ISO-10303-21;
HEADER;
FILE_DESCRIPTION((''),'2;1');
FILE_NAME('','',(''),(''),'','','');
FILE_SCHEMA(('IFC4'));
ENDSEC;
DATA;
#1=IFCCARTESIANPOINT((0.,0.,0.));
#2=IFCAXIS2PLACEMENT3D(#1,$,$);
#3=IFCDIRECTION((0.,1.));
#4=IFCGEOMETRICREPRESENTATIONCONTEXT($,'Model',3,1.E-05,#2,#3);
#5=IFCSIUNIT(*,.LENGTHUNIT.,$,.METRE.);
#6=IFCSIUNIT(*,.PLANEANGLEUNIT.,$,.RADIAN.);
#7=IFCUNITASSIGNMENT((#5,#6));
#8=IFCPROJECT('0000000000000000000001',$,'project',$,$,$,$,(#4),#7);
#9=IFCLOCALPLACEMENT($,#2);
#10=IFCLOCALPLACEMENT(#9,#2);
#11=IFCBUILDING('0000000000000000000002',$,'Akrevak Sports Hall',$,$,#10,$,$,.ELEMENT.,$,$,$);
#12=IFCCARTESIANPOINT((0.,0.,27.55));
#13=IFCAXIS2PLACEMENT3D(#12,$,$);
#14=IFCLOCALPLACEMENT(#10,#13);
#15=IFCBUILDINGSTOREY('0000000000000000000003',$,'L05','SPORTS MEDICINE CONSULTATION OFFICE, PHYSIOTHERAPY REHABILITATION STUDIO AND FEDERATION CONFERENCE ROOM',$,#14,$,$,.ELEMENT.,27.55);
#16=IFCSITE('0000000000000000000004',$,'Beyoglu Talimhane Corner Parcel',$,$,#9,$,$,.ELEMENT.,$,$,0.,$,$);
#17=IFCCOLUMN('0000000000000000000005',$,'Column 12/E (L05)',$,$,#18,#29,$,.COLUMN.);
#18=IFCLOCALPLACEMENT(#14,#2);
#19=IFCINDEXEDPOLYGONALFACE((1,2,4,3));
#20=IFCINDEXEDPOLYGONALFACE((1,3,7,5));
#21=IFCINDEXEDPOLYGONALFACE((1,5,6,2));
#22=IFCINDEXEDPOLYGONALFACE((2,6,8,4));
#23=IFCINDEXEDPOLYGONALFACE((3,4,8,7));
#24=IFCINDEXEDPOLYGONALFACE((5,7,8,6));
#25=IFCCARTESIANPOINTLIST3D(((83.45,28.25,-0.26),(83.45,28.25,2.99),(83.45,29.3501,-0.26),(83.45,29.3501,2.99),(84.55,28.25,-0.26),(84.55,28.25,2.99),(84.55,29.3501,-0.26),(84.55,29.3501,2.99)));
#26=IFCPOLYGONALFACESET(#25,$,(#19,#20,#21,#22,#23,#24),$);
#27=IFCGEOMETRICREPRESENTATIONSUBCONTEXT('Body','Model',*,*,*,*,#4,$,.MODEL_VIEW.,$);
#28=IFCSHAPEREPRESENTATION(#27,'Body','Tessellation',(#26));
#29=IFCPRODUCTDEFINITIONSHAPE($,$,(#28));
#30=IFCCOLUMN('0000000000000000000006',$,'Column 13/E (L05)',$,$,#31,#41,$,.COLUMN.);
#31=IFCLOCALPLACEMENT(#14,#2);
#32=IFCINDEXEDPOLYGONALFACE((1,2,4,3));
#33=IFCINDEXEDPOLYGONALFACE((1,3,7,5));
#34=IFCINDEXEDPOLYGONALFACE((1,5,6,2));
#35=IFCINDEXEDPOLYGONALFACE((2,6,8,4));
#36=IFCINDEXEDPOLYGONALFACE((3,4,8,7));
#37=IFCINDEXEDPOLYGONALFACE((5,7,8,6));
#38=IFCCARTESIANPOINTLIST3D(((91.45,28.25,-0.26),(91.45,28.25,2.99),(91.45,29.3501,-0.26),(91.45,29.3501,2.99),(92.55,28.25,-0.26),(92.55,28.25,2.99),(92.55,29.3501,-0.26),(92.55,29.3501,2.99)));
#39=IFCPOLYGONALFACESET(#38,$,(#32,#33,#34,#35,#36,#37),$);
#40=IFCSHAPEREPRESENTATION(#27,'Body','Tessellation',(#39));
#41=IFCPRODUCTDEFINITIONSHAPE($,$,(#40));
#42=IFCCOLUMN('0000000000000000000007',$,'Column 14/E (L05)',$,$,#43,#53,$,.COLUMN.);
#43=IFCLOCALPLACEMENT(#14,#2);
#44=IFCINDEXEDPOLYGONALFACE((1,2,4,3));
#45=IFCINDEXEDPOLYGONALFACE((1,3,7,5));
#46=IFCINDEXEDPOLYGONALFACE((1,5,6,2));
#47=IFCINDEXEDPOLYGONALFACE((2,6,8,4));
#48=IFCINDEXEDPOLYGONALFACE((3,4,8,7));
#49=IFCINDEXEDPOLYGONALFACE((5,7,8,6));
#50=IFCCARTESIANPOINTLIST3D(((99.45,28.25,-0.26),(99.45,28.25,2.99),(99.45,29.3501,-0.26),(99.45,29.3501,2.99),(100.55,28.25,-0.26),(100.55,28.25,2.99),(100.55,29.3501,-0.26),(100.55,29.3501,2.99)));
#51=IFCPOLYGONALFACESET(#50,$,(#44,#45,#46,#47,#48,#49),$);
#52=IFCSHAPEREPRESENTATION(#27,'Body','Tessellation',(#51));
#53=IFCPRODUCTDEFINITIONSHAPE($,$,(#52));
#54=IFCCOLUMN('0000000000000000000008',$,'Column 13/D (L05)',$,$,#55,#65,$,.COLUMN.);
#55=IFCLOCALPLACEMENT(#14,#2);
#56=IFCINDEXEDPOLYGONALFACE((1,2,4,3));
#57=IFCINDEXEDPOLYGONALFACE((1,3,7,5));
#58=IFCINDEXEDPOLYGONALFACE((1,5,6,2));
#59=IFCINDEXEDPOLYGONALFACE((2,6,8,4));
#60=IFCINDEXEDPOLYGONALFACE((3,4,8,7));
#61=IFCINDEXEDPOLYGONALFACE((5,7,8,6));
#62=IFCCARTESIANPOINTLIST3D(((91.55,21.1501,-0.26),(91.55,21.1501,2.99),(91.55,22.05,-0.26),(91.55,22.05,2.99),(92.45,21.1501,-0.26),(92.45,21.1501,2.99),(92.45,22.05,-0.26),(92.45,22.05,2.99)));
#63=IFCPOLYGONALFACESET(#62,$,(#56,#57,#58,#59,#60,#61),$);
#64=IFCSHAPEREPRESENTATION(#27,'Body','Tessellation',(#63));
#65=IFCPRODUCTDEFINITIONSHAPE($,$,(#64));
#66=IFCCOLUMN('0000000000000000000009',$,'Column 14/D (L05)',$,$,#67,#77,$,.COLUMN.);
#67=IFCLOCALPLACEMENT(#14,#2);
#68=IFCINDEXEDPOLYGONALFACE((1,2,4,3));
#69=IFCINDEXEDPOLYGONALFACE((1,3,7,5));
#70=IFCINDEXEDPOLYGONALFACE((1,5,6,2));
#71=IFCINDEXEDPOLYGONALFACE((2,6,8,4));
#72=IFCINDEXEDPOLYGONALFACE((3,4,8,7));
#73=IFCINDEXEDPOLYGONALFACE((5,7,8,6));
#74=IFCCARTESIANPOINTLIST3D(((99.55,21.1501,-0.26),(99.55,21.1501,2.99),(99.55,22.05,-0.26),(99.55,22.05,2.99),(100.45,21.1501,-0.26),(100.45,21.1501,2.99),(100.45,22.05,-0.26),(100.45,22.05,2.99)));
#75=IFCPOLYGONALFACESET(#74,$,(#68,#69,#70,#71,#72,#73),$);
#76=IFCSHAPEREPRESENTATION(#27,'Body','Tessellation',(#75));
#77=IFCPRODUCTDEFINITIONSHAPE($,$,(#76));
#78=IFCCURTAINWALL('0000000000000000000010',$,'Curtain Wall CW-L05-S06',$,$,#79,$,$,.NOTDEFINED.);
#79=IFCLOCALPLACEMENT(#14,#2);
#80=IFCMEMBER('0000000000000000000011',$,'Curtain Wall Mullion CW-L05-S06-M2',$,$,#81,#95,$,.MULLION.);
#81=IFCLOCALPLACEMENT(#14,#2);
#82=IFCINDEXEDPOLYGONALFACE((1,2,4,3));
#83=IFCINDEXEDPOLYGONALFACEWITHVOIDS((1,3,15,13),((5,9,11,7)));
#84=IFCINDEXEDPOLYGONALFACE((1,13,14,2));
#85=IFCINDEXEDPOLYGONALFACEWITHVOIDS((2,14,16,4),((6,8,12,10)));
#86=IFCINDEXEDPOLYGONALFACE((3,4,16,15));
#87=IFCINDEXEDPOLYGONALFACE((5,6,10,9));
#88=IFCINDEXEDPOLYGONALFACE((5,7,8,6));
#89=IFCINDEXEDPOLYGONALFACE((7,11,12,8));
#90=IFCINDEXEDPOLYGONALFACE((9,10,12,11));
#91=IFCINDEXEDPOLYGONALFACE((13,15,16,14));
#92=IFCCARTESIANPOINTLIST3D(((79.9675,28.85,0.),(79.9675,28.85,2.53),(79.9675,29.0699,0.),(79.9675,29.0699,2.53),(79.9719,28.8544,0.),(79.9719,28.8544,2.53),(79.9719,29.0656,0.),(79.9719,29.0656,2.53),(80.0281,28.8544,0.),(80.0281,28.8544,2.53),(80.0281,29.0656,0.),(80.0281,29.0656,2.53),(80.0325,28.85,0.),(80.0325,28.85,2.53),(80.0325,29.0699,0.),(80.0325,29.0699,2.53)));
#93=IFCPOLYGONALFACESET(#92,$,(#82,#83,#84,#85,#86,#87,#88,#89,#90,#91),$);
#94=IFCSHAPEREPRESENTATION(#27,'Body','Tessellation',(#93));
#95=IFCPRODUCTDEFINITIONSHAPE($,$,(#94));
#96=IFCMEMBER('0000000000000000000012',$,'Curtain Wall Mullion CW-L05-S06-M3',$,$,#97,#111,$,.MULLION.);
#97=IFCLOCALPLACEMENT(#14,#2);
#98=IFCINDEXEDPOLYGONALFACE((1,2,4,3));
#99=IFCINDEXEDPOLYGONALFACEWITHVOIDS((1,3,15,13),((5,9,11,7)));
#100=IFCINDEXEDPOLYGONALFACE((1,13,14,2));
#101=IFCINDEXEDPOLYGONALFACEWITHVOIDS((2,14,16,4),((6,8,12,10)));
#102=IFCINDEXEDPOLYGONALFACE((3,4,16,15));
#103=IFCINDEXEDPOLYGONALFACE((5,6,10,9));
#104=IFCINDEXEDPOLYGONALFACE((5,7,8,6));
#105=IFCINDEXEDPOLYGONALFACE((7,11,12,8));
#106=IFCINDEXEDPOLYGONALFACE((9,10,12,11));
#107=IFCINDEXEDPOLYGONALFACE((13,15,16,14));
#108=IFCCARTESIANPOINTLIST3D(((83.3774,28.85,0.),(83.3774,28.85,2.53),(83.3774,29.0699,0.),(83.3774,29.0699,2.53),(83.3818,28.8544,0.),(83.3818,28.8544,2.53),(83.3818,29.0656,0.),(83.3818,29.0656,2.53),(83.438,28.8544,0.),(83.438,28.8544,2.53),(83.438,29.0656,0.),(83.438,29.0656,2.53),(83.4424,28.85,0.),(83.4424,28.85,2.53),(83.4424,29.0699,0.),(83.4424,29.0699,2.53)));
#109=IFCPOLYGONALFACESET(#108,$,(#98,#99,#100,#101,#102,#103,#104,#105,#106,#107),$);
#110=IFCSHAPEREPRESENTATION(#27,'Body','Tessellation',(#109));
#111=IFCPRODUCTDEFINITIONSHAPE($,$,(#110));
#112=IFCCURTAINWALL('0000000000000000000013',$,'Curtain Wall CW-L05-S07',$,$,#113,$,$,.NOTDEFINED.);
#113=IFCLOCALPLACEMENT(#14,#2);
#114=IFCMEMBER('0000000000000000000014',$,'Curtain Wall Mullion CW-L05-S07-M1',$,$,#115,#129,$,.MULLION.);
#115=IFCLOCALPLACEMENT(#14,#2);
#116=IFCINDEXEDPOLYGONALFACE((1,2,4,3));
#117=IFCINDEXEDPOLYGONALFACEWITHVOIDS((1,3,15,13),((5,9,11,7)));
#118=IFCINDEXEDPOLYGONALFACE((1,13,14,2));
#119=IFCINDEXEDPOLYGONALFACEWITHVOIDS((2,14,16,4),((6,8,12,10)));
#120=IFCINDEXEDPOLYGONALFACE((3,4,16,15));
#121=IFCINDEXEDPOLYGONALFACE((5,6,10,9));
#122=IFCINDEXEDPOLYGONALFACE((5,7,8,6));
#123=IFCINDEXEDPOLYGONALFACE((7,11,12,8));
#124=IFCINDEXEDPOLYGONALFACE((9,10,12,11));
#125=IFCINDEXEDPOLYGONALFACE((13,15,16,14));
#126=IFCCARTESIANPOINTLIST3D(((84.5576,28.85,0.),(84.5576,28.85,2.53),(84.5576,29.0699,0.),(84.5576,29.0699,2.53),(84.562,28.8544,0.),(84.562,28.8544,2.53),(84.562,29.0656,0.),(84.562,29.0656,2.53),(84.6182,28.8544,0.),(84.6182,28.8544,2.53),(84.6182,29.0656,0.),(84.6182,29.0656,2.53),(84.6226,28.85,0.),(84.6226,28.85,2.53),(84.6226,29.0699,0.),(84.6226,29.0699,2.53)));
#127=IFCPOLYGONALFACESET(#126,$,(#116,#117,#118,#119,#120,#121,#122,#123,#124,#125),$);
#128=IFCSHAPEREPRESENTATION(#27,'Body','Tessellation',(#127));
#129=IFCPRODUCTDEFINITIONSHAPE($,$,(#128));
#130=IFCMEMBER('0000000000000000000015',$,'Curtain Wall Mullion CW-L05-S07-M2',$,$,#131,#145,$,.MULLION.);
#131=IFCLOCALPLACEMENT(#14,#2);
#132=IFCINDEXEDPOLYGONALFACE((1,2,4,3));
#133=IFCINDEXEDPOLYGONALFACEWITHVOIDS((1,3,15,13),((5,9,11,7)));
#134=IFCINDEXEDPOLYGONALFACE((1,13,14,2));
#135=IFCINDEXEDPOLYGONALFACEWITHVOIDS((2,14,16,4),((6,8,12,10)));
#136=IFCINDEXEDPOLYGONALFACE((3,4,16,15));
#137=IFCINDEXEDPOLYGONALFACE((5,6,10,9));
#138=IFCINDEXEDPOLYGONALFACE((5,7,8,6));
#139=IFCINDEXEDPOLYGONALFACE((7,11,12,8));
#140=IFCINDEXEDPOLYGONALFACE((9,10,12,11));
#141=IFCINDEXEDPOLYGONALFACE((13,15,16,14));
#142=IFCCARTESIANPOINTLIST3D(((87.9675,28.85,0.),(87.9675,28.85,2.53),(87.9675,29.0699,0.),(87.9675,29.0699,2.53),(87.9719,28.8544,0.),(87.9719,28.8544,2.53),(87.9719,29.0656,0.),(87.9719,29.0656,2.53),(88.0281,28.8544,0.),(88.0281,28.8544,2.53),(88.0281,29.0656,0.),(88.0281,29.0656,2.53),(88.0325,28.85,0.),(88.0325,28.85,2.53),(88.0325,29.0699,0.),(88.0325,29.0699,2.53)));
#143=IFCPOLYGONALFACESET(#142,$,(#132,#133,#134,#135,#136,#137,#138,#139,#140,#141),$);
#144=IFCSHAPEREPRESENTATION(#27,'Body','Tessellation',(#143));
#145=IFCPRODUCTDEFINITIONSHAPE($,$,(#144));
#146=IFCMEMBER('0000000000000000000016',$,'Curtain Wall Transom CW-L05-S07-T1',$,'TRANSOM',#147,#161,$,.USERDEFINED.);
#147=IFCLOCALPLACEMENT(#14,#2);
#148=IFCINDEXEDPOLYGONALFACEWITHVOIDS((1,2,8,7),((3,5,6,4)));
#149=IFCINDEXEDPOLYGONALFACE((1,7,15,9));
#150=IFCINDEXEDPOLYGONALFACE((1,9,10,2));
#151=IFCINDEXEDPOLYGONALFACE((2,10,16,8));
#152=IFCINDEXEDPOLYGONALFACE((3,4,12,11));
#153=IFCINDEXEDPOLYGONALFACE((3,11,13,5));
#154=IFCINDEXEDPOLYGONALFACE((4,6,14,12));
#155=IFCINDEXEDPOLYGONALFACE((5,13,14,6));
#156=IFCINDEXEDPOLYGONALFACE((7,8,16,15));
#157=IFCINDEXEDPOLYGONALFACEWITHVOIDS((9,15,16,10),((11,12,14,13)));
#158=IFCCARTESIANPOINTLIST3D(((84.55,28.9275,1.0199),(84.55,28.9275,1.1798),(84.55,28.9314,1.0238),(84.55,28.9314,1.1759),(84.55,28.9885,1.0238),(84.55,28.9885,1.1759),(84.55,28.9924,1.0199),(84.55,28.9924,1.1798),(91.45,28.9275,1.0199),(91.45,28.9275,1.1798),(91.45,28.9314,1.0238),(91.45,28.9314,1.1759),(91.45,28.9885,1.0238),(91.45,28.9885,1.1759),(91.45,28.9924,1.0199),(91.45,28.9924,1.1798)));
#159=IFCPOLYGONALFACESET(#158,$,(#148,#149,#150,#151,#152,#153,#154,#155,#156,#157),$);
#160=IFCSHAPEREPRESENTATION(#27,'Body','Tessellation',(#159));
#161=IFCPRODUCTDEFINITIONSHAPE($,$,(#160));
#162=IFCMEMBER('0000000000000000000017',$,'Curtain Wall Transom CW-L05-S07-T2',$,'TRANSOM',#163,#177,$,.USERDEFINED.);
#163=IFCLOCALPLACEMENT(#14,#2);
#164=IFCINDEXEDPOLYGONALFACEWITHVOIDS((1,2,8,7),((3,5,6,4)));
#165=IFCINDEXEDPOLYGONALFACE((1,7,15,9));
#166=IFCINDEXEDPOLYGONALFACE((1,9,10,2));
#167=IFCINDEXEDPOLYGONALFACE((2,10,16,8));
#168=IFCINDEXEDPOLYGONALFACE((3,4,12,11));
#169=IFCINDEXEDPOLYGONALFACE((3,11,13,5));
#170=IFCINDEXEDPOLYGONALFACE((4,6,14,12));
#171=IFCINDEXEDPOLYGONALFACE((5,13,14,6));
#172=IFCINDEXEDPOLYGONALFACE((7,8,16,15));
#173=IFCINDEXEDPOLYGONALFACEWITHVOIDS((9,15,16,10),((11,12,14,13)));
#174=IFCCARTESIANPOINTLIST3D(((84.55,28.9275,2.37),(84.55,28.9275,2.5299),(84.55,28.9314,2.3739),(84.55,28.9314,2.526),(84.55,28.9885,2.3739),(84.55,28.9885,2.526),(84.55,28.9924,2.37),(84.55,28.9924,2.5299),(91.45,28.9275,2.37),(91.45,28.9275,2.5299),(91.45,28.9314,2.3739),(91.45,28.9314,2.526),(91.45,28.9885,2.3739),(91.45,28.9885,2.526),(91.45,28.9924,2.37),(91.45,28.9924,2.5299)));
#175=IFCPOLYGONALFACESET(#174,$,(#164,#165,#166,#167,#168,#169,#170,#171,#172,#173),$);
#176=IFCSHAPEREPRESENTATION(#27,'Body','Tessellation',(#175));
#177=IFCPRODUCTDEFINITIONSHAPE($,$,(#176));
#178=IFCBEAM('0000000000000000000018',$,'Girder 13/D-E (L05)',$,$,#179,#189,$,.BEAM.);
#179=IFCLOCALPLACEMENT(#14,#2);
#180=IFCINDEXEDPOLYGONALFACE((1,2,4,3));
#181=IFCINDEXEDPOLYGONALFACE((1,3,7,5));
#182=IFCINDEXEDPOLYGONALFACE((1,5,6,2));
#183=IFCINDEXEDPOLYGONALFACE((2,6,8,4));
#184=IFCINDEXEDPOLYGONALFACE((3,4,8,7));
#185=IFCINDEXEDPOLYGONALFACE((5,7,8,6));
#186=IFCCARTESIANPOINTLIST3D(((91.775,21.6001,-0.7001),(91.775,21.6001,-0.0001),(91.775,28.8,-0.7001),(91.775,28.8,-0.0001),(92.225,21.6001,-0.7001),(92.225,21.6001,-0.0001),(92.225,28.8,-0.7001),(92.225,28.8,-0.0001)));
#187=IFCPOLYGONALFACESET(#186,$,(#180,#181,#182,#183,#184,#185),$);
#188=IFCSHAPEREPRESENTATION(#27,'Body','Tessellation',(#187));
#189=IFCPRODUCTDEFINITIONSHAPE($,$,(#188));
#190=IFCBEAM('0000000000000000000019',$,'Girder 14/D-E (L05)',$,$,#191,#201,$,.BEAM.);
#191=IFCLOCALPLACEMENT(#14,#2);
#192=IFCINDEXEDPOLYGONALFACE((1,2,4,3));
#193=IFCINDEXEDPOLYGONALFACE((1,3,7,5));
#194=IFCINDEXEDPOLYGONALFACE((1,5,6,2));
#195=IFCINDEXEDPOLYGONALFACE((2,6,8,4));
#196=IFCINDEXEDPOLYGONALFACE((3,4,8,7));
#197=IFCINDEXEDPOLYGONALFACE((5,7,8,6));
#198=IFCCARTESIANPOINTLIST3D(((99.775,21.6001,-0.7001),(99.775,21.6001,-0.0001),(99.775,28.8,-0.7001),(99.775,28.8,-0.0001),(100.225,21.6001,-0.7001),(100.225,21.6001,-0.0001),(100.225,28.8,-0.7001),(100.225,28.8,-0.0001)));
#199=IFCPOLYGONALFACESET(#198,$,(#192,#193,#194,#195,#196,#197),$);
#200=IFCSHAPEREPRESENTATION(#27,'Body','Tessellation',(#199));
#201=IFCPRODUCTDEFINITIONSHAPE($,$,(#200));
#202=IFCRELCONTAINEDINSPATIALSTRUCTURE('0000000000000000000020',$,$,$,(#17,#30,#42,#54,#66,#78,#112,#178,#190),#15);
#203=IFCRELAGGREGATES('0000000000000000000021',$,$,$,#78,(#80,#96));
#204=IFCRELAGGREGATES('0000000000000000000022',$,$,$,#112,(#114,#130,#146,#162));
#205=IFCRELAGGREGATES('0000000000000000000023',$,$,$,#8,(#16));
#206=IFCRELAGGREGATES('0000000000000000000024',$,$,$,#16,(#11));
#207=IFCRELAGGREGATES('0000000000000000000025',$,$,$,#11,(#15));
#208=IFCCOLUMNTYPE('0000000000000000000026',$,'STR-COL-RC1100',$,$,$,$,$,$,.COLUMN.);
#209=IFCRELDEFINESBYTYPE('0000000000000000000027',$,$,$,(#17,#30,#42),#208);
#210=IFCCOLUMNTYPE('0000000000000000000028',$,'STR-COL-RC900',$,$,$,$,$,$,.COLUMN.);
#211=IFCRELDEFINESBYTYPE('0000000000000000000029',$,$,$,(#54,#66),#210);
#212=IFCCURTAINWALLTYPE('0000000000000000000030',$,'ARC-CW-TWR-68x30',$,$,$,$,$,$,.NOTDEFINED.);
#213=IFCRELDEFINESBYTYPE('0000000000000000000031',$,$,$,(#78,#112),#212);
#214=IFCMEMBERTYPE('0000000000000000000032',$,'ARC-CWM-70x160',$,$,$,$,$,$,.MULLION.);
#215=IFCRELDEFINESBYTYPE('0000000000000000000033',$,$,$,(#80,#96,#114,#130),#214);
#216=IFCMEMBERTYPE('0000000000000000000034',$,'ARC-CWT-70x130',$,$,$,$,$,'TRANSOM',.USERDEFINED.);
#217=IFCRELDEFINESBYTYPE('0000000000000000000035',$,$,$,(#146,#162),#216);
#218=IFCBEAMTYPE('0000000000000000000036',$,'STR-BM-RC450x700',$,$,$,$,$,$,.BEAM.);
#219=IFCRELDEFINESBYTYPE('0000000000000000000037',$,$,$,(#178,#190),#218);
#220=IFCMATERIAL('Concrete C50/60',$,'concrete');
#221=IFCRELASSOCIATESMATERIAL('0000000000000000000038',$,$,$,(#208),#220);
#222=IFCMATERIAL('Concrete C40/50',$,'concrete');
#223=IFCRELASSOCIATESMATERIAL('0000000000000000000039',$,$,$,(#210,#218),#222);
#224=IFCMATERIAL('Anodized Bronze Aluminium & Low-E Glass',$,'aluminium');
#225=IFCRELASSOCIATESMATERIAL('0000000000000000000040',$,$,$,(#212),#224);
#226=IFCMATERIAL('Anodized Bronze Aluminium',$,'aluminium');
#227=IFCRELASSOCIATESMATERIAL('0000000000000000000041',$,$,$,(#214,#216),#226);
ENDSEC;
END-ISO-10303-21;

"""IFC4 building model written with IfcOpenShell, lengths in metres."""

from ifc_helpers import new_model, si_unit, direction, frame, origin, origin_2d, place, context, subcontext, project, spatial, rectangle, hollow_rectangle, extrude, material, material_profile, profile_set, type_object, element, aggregate, save


model = new_model("IFC4")

# Units and contexts
model_context = context("Model", 3, precision=1e-05, world=origin(), true_north=direction((0.0, 1.0)))
body_context = subcontext(model_context, "Body", "Model", "MODEL_VIEW")
ifc_project = project(units=[si_unit("LENGTHUNIT", "METRE"), si_unit("PLANEANGLEUNIT", "RADIAN")], contexts=[model_context])

# Site, building, storey
site_placement = place(None, origin())
site = spatial("IfcSite", under=ifc_project, at=site_placement, Name="Beyoglu Talimhane Corner Parcel", CompositionType="ELEMENT", RefElevation=0.0)
building_placement = place(site_placement, origin())
building = spatial("IfcBuilding", under=site, at=building_placement, Name="Akrevak Sports Hall", CompositionType="ELEMENT")
storey_placement = place(building_placement, frame((0.0, 0.0, 27.55)))
storey = spatial("IfcBuildingStorey", under=building, at=storey_placement, Name="L05", Description="SPORTS MEDICINE CONSULTATION OFFICE, PHYSIOTHERAPY REHABILITATION STUDIO AND FEDERATION CONFERENCE ROOM", CompositionType="ELEMENT", Elevation=27.55)

# Columns
ifc_material_1 = material(Name="Concrete C50/60", Category="concrete")
ifc_material_profile_1 = material_profile(ifc_material_1, rectangle(XDim=1.1001, YDim=1.1001, at=origin_2d()), Name="RC 1100x1100", Category="concrete")
ifc_profile_set_1 = profile_set([ifc_material_profile_1], Name="Concrete C50/60")
column_type_1 = type_object("IfcColumnType", Name="STR-COL-RC1100", PredefinedType="COLUMN", material=ifc_profile_set_1)
for number, where, z_axis, x_axis, name in (
    (1, (84.0, 28.8, -0.26), (0.0, 0.0, 1.0), (1.0, 0.0, 0.0), "Column 12/E (L05)"),
    (2, (92.0, 28.8, -0.26), (0.0, 0.0, 1.0), (1.0, 0.0, 0.0), "Column 13/E (L05)"),
    (3, (100.0, 28.8, -0.26), (0.0, 0.0, 1.0), (1.0, 0.0, 0.0), "Column 14/E (L05)"),
):
    element("IfcColumn", number, at=place(storey_placement, frame(where, z_axis=z_axis, x_axis=x_axis)), inside=storey, type_object=column_type_1, Name=name, PredefinedType="COLUMN", context=body_context, shape_type="SweptSolid", body=[
        extrude(rectangle(XDim=1.1001, YDim=1.1001, at=origin_2d()), origin(), (0.0, 0.0, 1.0), 3.25),
    ])
ifc_material_2 = material(Name="Concrete C40/50", Category="concrete")
ifc_material_profile_2 = material_profile(ifc_material_2, rectangle(XDim=0.8999, YDim=0.8999, at=origin_2d()), Name="RC 900x900", Category="concrete")
ifc_profile_set_2 = profile_set([ifc_material_profile_2], Name="Concrete C40/50")
column_type_2 = type_object("IfcColumnType", Name="STR-COL-RC900", PredefinedType="COLUMN", material=ifc_profile_set_2)
for number, where, z_axis, x_axis, name in (
    (4, (92.0, 21.6001, -0.26), (0.0, 0.0, 1.0), (1.0, 0.0, 0.0), "Column 13/D (L05)"),
    (5, (100.0, 21.6001, -0.26), (0.0, 0.0, 1.0), (1.0, 0.0, 0.0), "Column 14/D (L05)"),
):
    element("IfcColumn", number, at=place(storey_placement, frame(where, z_axis=z_axis, x_axis=x_axis)), inside=storey, type_object=column_type_2, Name=name, PredefinedType="COLUMN", context=body_context, shape_type="SweptSolid", body=[
        extrude(rectangle(XDim=0.8999, YDim=0.8999, at=origin_2d()), origin(), (0.0, 0.0, 1.0), 3.25),
    ])

# Curtain walls, members
ifc_material_3 = material(Name="Anodized Bronze Aluminium & Low-E Glass", Category="aluminium")
curtain_wall_type = type_object("IfcCurtainWallType", Name="ARC-CW-TWR-68x30", PredefinedType="NOTDEFINED", material=ifc_material_3)
curtain_wall_1_placement = place(storey_placement, origin())
curtain_wall_1 = element("IfcCurtainWall", 6, at=curtain_wall_1_placement, inside=storey, type_object=curtain_wall_type, Name="Curtain Wall CW-L05-S06", PredefinedType="NOTDEFINED")
ifc_material_4 = material(Name="Anodized Bronze Aluminium", Category="aluminium")
ifc_material_profile_3 = material_profile(ifc_material_4, hollow_rectangle(XDim=0.0649, YDim=0.22, WallThickness=0.0044, at=origin_2d()), Name="CWM 65x220", Category="aluminium")
ifc_profile_set_3 = profile_set([ifc_material_profile_3], Name="Anodized Bronze Aluminium")
member_type_1 = type_object("IfcMemberType", Name="ARC-CWM-70x160", PredefinedType="MULLION", material=ifc_profile_set_3)
member_1_placement = place(storey_placement, frame((80.0, 28.96, 0.0), z_axis=(0.0, 0.0, 1.0), x_axis=(1.0, 0.0, 0.0)))
member_1 = element("IfcMember", 7, at=member_1_placement, type_object=member_type_1, Name="Curtain Wall Mullion CW-L05-S06-M2", PredefinedType="MULLION", context=body_context, shape_type="SweptSolid", body=[
    extrude(hollow_rectangle(XDim=0.0649, YDim=0.22, WallThickness=0.0044, at=origin_2d()), origin(), (0.0, 0.0, 1.0), 2.53),
])
member_2_placement = place(storey_placement, frame((83.4099, 28.96, 0.0), z_axis=(0.0, 0.0, 1.0), x_axis=(1.0, 0.0, 0.0)))
member_2 = element("IfcMember", 8, at=member_2_placement, type_object=member_type_1, Name="Curtain Wall Mullion CW-L05-S06-M3", PredefinedType="MULLION", context=body_context, shape_type="SweptSolid", body=[
    extrude(hollow_rectangle(XDim=0.0649, YDim=0.22, WallThickness=0.0044, at=origin_2d()), origin(), (0.0, 0.0, 1.0), 2.53),
])
curtain_wall_2_placement = place(storey_placement, origin())
curtain_wall_2 = element("IfcCurtainWall", 9, at=curtain_wall_2_placement, inside=storey, type_object=curtain_wall_type, Name="Curtain Wall CW-L05-S07", PredefinedType="NOTDEFINED")
member_3_placement = place(storey_placement, frame((84.5901, 28.96, 0.0), z_axis=(0.0, 0.0, 1.0), x_axis=(1.0, 0.0, 0.0)))
member_3 = element("IfcMember", 10, at=member_3_placement, type_object=member_type_1, Name="Curtain Wall Mullion CW-L05-S07-M1", PredefinedType="MULLION", context=body_context, shape_type="SweptSolid", body=[
    extrude(hollow_rectangle(XDim=0.0649, YDim=0.22, WallThickness=0.0044, at=origin_2d()), origin(), (0.0, 0.0, 1.0), 2.53),
])
member_4_placement = place(storey_placement, frame((88.0, 28.96, 0.0), z_axis=(0.0, 0.0, 1.0), x_axis=(1.0, 0.0, 0.0)))
member_4 = element("IfcMember", 11, at=member_4_placement, type_object=member_type_1, Name="Curtain Wall Mullion CW-L05-S07-M2", PredefinedType="MULLION", context=body_context, shape_type="SweptSolid", body=[
    extrude(hollow_rectangle(XDim=0.0649, YDim=0.22, WallThickness=0.0044, at=origin_2d()), origin(), (0.0, 0.0, 1.0), 2.53),
])
ifc_material_profile_4 = material_profile(ifc_material_4, hollow_rectangle(XDim=0.0649, YDim=0.1599, WallThickness=0.0039, at=origin_2d()), Name="CWT 65x160", Category="aluminium")
ifc_profile_set_4 = profile_set([ifc_material_profile_4], Name="Anodized Bronze Aluminium")
member_type_2 = type_object("IfcMemberType", Name="ARC-CWT-70x130", ElementType="TRANSOM", PredefinedType="USERDEFINED", material=ifc_profile_set_4)
member_5_placement = place(storey_placement, frame((84.55, 28.96, 1.0999), z_axis=(1.0, 0.0, 0.0), x_axis=(0.0, 1.0, 0.0)))
member_5 = element("IfcMember", 12, at=member_5_placement, type_object=member_type_2, Name="Curtain Wall Transom CW-L05-S07-T1", ObjectType="TRANSOM", PredefinedType="USERDEFINED", context=body_context, shape_type="SweptSolid", body=[
    extrude(hollow_rectangle(XDim=0.0649, YDim=0.1599, WallThickness=0.0039, at=origin_2d()), origin(), (0.0, 0.0, 1.0), 6.8999),
])
member_6_placement = place(storey_placement, frame((84.55, 28.96, 2.45), z_axis=(1.0, 0.0, 0.0), x_axis=(0.0, 1.0, 0.0)))
member_6 = element("IfcMember", 13, at=member_6_placement, type_object=member_type_2, Name="Curtain Wall Transom CW-L05-S07-T2", ObjectType="TRANSOM", PredefinedType="USERDEFINED", context=body_context, shape_type="SweptSolid", body=[
    extrude(hollow_rectangle(XDim=0.0649, YDim=0.1599, WallThickness=0.0039, at=origin_2d()), origin(), (0.0, 0.0, 1.0), 6.8999),
])

# Beams
ifc_material_profile_5 = material_profile(ifc_material_2, rectangle(XDim=0.45, YDim=0.7, at=origin_2d()), Name="BM 450x700", Category="concrete")
ifc_profile_set_5 = profile_set([ifc_material_profile_5], Name="Concrete C40/50")
beam_type_1 = type_object("IfcBeamType", Name="STR-BM-RC450x700", PredefinedType="BEAM", material=ifc_profile_set_5)
for number, where, z_axis, x_axis, name in (
    (14, (92.0, 21.6001, -0.3501), (0.0, 1.0, 0.0), (-1.0, 0.0, 0.0), "Girder 13/D-E (L05)"),
    (15, (100.0, 21.6001, -0.3501), (0.0, 1.0, 0.0), (-1.0, 0.0, 0.0), "Girder 14/D-E (L05)"),
):
    element("IfcBeam", number, at=place(storey_placement, frame(where, z_axis=z_axis, x_axis=x_axis)), inside=storey, type_object=beam_type_1, Name=name, PredefinedType="BEAM", context=body_context, shape_type="SweptSolid", body=[
        extrude(rectangle(XDim=0.45, YDim=0.7, at=origin_2d()), origin(), (0.0, 0.0, 1.0), 7.2),
    ])

aggregate(curtain_wall_1, [member_1, member_2])
aggregate(curtain_wall_2, [member_3, member_4, member_5, member_6])

save(model, "model.ifc")
